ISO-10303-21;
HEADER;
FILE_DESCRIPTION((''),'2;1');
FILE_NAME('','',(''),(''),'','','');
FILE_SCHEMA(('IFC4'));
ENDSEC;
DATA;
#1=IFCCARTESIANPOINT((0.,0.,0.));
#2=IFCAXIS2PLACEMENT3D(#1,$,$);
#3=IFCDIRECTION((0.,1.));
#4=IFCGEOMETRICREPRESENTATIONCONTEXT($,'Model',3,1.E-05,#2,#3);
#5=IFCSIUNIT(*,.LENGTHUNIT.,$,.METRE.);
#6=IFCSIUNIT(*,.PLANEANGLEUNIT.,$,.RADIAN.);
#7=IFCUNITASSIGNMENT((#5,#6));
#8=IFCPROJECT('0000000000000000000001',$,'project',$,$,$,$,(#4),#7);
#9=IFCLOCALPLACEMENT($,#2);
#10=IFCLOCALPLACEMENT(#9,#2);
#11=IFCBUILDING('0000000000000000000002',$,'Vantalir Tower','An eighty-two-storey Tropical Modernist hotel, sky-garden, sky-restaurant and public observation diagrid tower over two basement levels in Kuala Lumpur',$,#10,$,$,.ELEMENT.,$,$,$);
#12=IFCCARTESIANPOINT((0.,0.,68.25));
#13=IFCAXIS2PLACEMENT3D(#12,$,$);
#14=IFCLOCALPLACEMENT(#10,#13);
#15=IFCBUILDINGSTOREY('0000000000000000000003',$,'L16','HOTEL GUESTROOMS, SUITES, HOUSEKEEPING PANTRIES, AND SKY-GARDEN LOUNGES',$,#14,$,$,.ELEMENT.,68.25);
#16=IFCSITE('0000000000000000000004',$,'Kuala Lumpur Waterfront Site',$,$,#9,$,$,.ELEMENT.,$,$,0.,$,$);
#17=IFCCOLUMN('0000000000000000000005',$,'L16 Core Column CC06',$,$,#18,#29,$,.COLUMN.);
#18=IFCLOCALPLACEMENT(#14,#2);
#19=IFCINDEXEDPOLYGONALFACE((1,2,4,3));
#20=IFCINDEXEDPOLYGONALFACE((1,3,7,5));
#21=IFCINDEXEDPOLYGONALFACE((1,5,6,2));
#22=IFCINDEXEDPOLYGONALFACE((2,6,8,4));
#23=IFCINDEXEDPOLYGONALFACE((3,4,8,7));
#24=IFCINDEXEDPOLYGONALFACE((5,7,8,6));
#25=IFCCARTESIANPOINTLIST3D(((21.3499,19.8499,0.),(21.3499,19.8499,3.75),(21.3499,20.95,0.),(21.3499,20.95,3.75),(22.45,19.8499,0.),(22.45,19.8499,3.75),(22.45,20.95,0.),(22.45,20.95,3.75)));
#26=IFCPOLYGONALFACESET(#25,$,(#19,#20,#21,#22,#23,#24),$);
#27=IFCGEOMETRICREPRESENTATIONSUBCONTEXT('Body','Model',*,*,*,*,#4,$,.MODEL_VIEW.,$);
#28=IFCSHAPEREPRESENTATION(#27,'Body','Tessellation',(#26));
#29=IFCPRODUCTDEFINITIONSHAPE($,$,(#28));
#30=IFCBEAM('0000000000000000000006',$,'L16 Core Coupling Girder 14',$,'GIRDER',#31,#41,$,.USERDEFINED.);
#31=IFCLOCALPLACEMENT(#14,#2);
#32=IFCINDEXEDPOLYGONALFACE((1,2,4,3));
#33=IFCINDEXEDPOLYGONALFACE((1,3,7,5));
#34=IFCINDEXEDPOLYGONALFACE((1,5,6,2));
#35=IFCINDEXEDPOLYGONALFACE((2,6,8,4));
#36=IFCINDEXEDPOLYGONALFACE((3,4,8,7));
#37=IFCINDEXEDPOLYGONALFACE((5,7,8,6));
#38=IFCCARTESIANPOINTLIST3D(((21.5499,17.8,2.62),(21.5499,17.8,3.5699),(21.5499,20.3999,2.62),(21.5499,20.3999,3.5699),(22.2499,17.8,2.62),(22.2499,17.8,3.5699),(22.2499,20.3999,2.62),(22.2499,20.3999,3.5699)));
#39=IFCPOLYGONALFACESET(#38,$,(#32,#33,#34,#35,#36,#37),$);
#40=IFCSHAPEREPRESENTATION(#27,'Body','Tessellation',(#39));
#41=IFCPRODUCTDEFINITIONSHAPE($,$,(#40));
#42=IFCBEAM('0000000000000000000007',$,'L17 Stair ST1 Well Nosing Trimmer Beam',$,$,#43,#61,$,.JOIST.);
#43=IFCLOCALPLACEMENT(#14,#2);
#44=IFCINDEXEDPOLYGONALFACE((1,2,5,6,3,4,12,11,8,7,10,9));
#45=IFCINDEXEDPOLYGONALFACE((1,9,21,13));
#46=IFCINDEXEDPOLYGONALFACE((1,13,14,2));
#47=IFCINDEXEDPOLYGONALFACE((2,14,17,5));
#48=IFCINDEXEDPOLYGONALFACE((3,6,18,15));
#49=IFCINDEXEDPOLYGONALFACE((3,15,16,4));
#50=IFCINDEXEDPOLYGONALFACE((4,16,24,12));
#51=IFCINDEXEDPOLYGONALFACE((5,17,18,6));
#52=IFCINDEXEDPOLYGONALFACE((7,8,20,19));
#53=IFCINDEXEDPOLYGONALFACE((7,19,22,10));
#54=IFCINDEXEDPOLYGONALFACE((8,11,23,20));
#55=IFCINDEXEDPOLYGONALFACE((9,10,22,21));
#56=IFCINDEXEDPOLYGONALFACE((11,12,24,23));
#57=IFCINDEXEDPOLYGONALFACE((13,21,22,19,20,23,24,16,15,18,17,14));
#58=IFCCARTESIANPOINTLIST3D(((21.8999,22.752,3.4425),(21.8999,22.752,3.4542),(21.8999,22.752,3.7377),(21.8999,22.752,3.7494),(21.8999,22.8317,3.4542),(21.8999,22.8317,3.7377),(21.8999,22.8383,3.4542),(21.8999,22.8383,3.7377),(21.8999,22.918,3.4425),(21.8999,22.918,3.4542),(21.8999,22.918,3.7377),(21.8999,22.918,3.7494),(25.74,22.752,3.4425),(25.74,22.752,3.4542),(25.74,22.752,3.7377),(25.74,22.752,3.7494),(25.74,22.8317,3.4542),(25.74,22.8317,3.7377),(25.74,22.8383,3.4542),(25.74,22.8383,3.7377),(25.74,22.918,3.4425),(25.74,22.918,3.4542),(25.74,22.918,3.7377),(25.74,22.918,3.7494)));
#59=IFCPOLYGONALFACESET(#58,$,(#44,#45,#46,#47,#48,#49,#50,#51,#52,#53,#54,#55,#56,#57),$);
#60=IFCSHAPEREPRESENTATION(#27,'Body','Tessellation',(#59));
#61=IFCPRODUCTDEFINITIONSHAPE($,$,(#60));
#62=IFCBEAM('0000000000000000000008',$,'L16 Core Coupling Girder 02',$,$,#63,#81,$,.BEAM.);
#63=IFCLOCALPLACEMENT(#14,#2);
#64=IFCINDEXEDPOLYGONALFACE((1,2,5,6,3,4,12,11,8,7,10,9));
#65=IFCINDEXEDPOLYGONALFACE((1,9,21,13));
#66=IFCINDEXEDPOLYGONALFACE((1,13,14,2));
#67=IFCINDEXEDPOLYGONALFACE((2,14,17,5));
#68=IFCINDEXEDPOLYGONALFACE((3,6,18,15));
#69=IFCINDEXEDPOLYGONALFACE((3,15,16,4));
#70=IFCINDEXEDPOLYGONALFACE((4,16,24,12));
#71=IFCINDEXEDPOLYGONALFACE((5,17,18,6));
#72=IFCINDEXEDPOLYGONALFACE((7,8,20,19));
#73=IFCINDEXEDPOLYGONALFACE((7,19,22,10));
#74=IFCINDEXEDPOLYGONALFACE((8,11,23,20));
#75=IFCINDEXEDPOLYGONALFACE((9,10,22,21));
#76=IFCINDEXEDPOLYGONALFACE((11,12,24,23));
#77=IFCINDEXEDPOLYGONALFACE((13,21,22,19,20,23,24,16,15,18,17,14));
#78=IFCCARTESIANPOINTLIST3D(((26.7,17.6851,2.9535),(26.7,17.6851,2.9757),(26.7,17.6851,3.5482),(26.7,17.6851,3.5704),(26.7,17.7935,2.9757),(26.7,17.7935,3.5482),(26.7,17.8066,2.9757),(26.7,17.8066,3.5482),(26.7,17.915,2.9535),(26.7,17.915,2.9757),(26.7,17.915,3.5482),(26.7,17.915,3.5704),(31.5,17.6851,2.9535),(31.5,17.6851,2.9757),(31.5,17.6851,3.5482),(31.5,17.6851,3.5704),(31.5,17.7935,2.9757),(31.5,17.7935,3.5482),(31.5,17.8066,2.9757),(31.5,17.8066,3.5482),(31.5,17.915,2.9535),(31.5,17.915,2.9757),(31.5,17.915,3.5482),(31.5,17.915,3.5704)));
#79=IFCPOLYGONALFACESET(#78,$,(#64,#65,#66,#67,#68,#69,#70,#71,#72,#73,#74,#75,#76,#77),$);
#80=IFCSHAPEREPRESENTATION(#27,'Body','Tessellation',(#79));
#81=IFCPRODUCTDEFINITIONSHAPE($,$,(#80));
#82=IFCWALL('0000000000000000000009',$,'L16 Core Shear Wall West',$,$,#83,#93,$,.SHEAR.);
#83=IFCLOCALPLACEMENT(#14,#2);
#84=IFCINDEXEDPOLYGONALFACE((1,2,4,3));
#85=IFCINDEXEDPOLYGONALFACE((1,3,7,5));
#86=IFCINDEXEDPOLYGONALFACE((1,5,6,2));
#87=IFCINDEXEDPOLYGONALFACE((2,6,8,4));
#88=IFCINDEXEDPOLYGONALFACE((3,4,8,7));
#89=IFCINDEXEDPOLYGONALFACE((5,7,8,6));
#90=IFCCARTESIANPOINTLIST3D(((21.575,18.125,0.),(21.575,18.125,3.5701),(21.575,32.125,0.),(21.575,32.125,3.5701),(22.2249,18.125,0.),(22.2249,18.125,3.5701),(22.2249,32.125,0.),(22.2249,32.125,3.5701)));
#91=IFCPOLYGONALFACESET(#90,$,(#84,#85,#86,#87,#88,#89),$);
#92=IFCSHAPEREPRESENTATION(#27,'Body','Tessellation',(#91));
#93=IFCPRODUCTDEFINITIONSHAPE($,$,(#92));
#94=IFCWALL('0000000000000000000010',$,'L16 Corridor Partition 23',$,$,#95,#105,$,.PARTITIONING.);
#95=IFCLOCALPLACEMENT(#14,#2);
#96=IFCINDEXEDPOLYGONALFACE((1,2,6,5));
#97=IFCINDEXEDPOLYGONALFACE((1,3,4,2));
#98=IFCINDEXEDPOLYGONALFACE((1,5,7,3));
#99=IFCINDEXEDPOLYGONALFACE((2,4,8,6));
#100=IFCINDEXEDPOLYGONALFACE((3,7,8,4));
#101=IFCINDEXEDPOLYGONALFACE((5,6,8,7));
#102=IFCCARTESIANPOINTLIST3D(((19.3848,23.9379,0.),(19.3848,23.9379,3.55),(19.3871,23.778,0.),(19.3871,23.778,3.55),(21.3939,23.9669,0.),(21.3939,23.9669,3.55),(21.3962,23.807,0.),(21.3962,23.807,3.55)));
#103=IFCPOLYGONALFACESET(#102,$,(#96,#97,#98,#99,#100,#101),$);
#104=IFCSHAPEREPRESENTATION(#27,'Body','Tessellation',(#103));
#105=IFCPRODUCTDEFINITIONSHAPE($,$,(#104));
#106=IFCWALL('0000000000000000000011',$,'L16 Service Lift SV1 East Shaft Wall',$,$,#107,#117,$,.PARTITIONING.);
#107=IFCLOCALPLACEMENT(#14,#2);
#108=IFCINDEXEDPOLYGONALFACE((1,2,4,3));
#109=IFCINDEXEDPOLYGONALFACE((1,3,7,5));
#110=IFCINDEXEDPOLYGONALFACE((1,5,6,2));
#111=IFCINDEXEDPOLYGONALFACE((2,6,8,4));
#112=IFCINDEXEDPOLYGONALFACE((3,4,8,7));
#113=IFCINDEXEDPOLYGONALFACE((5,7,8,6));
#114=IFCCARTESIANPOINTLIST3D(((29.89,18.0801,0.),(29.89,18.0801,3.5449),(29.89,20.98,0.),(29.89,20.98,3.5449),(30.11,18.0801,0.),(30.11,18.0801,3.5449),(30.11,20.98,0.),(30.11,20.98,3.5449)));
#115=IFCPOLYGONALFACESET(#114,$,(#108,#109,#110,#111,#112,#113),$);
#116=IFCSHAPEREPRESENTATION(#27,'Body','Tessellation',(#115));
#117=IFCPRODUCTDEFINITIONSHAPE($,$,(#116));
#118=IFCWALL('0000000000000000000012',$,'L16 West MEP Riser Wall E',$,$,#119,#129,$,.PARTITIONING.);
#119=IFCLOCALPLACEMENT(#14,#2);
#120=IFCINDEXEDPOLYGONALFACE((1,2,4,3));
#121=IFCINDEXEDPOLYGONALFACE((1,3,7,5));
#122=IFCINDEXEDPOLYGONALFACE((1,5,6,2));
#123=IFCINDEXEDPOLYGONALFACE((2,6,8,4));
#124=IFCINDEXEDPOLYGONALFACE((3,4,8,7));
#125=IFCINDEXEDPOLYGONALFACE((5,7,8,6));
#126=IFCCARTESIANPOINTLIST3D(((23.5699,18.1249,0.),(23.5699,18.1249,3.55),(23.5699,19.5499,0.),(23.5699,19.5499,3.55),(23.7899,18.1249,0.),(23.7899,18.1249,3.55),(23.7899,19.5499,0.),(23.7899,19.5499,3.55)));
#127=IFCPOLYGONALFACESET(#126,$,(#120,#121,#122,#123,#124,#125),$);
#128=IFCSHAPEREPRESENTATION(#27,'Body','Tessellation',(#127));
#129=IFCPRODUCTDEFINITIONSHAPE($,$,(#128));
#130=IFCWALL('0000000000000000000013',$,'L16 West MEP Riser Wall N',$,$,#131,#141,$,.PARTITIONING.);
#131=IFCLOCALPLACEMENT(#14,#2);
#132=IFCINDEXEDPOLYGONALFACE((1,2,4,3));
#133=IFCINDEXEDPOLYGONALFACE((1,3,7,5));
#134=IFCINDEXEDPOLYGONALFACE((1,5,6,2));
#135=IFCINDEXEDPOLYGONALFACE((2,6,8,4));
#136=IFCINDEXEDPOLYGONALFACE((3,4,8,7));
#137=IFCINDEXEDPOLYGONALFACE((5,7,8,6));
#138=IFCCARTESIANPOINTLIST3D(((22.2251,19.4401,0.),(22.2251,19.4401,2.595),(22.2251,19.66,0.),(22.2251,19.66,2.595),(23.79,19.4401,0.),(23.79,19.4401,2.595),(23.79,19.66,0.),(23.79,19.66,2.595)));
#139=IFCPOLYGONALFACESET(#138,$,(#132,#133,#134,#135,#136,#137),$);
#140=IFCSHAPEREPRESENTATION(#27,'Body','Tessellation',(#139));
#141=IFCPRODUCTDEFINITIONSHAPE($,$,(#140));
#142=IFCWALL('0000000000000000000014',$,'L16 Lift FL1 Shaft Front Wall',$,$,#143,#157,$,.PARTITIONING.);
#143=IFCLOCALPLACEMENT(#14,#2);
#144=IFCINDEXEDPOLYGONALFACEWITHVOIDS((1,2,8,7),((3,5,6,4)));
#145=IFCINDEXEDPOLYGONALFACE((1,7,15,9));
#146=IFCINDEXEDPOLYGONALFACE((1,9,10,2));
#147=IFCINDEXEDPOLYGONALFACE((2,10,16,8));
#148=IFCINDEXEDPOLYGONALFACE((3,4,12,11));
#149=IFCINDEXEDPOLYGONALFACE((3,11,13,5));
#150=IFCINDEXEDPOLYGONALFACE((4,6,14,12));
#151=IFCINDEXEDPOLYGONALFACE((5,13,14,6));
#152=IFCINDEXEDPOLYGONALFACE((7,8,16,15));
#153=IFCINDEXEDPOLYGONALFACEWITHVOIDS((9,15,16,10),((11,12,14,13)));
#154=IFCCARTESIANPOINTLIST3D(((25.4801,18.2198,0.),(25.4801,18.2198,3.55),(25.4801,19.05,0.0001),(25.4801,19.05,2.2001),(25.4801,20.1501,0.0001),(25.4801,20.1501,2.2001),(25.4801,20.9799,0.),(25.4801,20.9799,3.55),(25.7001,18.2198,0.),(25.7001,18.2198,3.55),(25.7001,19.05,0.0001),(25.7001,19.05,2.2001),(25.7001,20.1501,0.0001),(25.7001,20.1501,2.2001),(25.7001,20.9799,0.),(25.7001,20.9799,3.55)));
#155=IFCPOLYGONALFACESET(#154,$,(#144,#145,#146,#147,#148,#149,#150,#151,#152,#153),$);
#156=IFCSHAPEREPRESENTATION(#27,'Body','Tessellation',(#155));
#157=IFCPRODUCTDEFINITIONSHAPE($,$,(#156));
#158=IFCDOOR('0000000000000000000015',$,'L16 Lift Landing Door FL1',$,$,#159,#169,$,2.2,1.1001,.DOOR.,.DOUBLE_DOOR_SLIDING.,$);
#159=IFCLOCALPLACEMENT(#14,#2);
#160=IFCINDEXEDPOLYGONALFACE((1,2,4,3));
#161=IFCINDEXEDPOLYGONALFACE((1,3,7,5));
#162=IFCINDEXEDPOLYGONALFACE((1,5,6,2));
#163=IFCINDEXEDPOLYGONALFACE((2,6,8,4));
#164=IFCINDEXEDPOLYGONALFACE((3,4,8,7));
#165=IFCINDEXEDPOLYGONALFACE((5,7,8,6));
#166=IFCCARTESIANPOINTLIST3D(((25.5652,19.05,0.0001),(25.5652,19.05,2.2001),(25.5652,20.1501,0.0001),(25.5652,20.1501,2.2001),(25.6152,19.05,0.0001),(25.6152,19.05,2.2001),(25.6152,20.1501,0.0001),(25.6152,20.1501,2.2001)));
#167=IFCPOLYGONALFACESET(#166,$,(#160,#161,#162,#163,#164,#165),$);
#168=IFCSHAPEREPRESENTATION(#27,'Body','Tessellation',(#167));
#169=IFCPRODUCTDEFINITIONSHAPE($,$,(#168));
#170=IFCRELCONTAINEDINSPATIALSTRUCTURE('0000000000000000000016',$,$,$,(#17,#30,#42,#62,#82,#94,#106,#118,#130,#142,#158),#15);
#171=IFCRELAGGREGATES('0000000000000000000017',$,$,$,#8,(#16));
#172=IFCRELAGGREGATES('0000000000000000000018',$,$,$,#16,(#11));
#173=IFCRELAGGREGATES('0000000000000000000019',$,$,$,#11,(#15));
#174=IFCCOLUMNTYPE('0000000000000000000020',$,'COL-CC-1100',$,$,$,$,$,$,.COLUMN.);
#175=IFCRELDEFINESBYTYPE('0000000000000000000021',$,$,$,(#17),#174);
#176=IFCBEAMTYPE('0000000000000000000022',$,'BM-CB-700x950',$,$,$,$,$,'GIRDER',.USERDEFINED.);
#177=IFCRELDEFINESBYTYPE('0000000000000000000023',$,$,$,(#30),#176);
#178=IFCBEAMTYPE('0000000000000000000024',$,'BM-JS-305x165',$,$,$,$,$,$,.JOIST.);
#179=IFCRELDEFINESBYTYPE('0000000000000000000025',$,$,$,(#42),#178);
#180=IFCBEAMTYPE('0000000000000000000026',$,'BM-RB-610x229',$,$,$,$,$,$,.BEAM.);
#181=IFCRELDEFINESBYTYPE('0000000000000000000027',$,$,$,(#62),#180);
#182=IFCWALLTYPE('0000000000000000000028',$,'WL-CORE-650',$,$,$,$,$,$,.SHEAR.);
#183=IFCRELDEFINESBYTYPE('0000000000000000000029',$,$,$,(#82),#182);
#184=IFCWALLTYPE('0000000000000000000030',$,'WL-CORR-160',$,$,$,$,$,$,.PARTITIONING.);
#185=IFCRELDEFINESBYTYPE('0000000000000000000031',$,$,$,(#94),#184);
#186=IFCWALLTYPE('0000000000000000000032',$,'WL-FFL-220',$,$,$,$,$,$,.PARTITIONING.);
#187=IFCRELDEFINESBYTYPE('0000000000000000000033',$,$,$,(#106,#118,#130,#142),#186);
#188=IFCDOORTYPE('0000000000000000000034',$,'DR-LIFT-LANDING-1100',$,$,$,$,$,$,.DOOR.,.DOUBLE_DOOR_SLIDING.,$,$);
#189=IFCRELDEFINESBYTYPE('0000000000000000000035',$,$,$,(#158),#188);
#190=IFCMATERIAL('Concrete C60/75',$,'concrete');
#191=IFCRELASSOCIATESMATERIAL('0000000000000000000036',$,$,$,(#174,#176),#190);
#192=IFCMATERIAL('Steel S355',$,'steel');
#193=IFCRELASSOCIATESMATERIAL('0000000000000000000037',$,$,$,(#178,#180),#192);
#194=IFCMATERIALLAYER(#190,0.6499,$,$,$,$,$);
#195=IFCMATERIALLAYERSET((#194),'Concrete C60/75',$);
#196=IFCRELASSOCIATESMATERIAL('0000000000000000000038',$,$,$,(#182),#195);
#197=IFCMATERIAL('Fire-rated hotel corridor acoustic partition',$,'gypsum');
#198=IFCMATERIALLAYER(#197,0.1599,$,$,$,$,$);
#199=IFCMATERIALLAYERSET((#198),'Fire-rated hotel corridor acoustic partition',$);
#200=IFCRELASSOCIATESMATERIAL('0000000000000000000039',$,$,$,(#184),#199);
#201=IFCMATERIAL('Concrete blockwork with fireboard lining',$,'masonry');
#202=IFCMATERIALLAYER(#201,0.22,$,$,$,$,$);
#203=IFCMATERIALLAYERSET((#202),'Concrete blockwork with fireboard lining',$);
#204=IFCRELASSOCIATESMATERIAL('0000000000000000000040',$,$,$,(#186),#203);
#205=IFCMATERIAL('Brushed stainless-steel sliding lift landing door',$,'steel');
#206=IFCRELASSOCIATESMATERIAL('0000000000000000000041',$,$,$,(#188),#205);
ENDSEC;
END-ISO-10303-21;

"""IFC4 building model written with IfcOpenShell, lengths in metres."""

from ifc_helpers import new_model, si_unit, direction, frame, frame_2d, origin, origin_2d, place, context, subcontext, project, spatial, rectangle, i_section, extrude, material, layer, layer_set, material_profile, profile_set, type_object, element, fill, save


model = new_model("IFC4")

# Units and contexts
model_context = context("Model", 3, precision=1e-05, world=origin(), true_north=direction((0.0, 1.0)))
body_context = subcontext(model_context, "Body", "Model", "MODEL_VIEW")
ifc_project = project(units=[si_unit("LENGTHUNIT", "METRE"), si_unit("PLANEANGLEUNIT", "RADIAN")], contexts=[model_context])

# Site, building, storey
site_placement = place(None, origin())
site = spatial("IfcSite", under=ifc_project, at=site_placement, Name="Kuala Lumpur Waterfront Site", CompositionType="ELEMENT", RefElevation=0.0)
building_placement = place(site_placement, origin())
building = spatial("IfcBuilding", under=site, at=building_placement, Name="Vantalir Tower", Description="An eighty-two-storey Tropical Modernist hotel, sky-garden, sky-restaurant and public observation diagrid tower over two basement levels in Kuala Lumpur", CompositionType="ELEMENT")
storey_placement = place(building_placement, frame((0.0, 0.0, 68.25)))
storey = spatial("IfcBuildingStorey", under=building, at=storey_placement, Name="L16", Description="HOTEL GUESTROOMS, SUITES, HOUSEKEEPING PANTRIES, AND SKY-GARDEN LOUNGES", CompositionType="ELEMENT", Elevation=68.25)

# Column
ifc_material_1 = material(Name="Concrete C60/75", Category="concrete")
ifc_material_profile_1 = material_profile(ifc_material_1, rectangle(XDim=1.1001, YDim=1.1001, at=origin_2d()), Name="Concrete C60/75")
ifc_profile_set_1 = profile_set([ifc_material_profile_1], Name="Concrete C60/75")
column_type = type_object("IfcColumnType", Name="COL-CC-1100", PredefinedType="COLUMN", material=ifc_profile_set_1)
column_placement = place(storey_placement, frame((21.8999, 20.3999, 0.0), z_axis=(0.0, 0.0, 1.0), x_axis=(1.0, 0.0, 0.0)))
element("IfcColumn", 1, at=column_placement, inside=storey, type_object=column_type, Name="L16 Core Column CC06", PredefinedType="COLUMN", context=body_context, shape_type="SweptSolid", body=[
    extrude(rectangle(XDim=1.1001, YDim=1.1001, at=origin_2d()), origin(), (0.0, 0.0, 1.0), 3.75),
])

# Beams
ifc_material_profile_2 = material_profile(ifc_material_1, rectangle(XDim=0.7, YDim=0.95, at=origin_2d()), Name="Concrete C60/75")
ifc_profile_set_2 = profile_set([ifc_material_profile_2], Name="Concrete C60/75")
beam_type_1 = type_object("IfcBeamType", Name="BM-CB-700x950", ElementType="GIRDER", PredefinedType="USERDEFINED", material=ifc_profile_set_2)
beam_1_placement = place(storey_placement, frame((21.8999, 20.3999, 3.095), z_axis=(0.0, -1.0, 0.0), x_axis=(1.0, 0.0, 0.0)))
element("IfcBeam", 2, at=beam_1_placement, inside=storey, type_object=beam_type_1, Name="L16 Core Coupling Girder 14", ObjectType="GIRDER", PredefinedType="USERDEFINED", context=body_context, shape_type="SweptSolid", body=[
    extrude(rectangle(XDim=0.7, YDim=0.95, at=origin_2d()), origin(), (0.0, 0.0, 1.0), 2.5999),
])
ifc_material_2 = material(Name="Steel S355", Category="steel")
ifc_material_profile_3 = material_profile(ifc_material_2, i_section(OverallWidth=0.166, OverallDepth=0.3069, WebThickness=0.0066, FlangeThickness=0.0117, at=origin_2d()), Name="Steel S355")
ifc_profile_set_3 = profile_set([ifc_material_profile_3], Name="Steel S355")
beam_type_2 = type_object("IfcBeamType", Name="BM-JS-305x165", PredefinedType="JOIST", material=ifc_profile_set_3)
beam_2_placement = place(storey_placement, frame((21.8999, 22.835, 3.5959), z_axis=(1.0, 0.0, 0.0), x_axis=(0.0, 1.0, 0.0)))
element("IfcBeam", 3, at=beam_2_placement, inside=storey, type_object=beam_type_2, Name="L17 Stair ST1 Well Nosing Trimmer Beam", PredefinedType="JOIST", context=body_context, shape_type="SweptSolid", body=[
    extrude(i_section(OverallWidth=0.166, OverallDepth=0.3069, WebThickness=0.0066, FlangeThickness=0.0117, at=origin_2d()), origin(), (0.0, 0.0, 1.0), 3.8401),
])
ifc_material_profile_4 = material_profile(ifc_material_2, i_section(OverallWidth=0.23, OverallDepth=0.6169, WebThickness=0.0132, FlangeThickness=0.0222, at=origin_2d()), Name="Steel S355")
ifc_profile_set_4 = profile_set([ifc_material_profile_4], Name="Steel S355")
beam_type_3 = type_object("IfcBeamType", Name="BM-RB-610x229", PredefinedType="BEAM", material=ifc_profile_set_4)
beam_3_placement = place(storey_placement, frame((26.7, 17.8, 3.262), z_axis=(1.0, 0.0, 0.0), x_axis=(0.0, 1.0, 0.0)))
element("IfcBeam", 4, at=beam_3_placement, inside=storey, type_object=beam_type_3, Name="L16 Core Coupling Girder 02", PredefinedType="BEAM", context=body_context, shape_type="SweptSolid", body=[
    extrude(i_section(OverallWidth=0.23, OverallDepth=0.6169, WebThickness=0.0132, FlangeThickness=0.0222, at=origin_2d()), origin(), (0.0, 0.0, 1.0), 4.8),
])

# Walls
ifc_layer_1 = layer(ifc_material_1, 0.6499)
ifc_layer_set_1 = layer_set([ifc_layer_1], Name="Concrete C60/75")
wall_type_1 = type_object("IfcWallType", Name="WL-CORE-650", PredefinedType="SHEAR", material=ifc_layer_set_1)
wall_1_placement = place(storey_placement, frame((21.8999, 18.125, 0.0), z_axis=(0.0, 0.0, 1.0), x_axis=(0.0, 1.0, 0.0)))
element("IfcWall", 5, at=wall_1_placement, inside=storey, type_object=wall_type_1, Name="L16 Core Shear Wall West", PredefinedType="SHEAR", context=body_context, shape_type="SweptSolid", body=[
    extrude(rectangle(XDim=14.0, YDim=0.6499, at=frame_2d((7.0, 0.0))), origin(), (0.0, 0.0, 1.0), 3.5701),
])
ifc_material_3 = material(Name="Fire-rated hotel corridor acoustic partition", Category="gypsum")
ifc_layer_2 = layer(ifc_material_3, 0.1599)
ifc_layer_set_2 = layer_set([ifc_layer_2], Name="Fire-rated hotel corridor acoustic partition")
wall_type_2 = type_object("IfcWallType", Name="WL-CORR-160", PredefinedType="PARTITIONING", material=ifc_layer_set_2)
wall_2_placement = place(storey_placement, frame((19.386, 23.8579, 0.0), z_axis=(0.0, 0.0, 1.0), x_axis=(0.999895, 0.01446, 0.0)))
element("IfcWall", 6, at=wall_2_placement, inside=storey, type_object=wall_type_2, Name="L16 Corridor Partition 23", PredefinedType="PARTITIONING", context=body_context, shape_type="SweptSolid", body=[
    extrude(rectangle(XDim=2.0093, YDim=0.1599, at=frame_2d((1.0046, 0.0))), origin(), (0.0, 0.0, 1.0), 3.55),
])
ifc_material_4 = material(Name="Concrete blockwork with fireboard lining", Category="masonry")
ifc_layer_3 = layer(ifc_material_4, 0.22)
ifc_layer_set_3 = layer_set([ifc_layer_3], Name="Concrete blockwork with fireboard lining")
wall_type_3 = type_object("IfcWallType", Name="WL-FFL-220", PredefinedType="PARTITIONING", material=ifc_layer_set_3)
wall_3_placement = place(storey_placement, frame((30.0, 18.0801, 0.0), z_axis=(0.0, 0.0, 1.0), x_axis=(0.0, 1.0, 0.0)))
element("IfcWall", 7, at=wall_3_placement, inside=storey, type_object=wall_type_3, Name="L16 Service Lift SV1 East Shaft Wall", PredefinedType="PARTITIONING", context=body_context, shape_type="SweptSolid", body=[
    extrude(rectangle(XDim=2.8999, YDim=0.22, at=frame_2d((1.45, 0.0))), origin(), (0.0, 0.0, 1.0), 3.5449),
])
wall_4_placement = place(storey_placement, frame((23.6799, 18.125, 0.0), z_axis=(0.0, 0.0, 1.0), x_axis=(0.0, 1.0, 0.0)))
element("IfcWall", 8, at=wall_4_placement, inside=storey, type_object=wall_type_3, Name="L16 West MEP Riser Wall E", PredefinedType="PARTITIONING", context=body_context, shape_type="SweptSolid", body=[
    extrude(rectangle(XDim=1.425, YDim=0.22, at=frame_2d((0.7124, 0.0))), origin(), (0.0, 0.0, 1.0), 3.55),
])
wall_5_placement = place(storey_placement, frame((22.2251, 19.55, 0.0), z_axis=(0.0, 0.0, 1.0), x_axis=(1.0, 0.0, 0.0)))
element("IfcWall", 9, at=wall_5_placement, inside=storey, type_object=wall_type_3, Name="L16 West MEP Riser Wall N", PredefinedType="PARTITIONING", context=body_context, shape_type="SweptSolid", body=[
    extrude(rectangle(XDim=1.5649, YDim=0.22, at=frame_2d((0.7825, 0.0))), origin(), (0.0, 0.0, 1.0), 2.595),
])

# Wall, opening, door
wall_6_placement = place(storey_placement, frame((25.5901, 18.22, 0.0), z_axis=(0.0, 0.0, 1.0), x_axis=(0.0, 1.0, 0.0)))
wall_6 = element("IfcWall", 10, at=wall_6_placement, inside=storey, type_object=wall_type_3, Name="L16 Lift FL1 Shaft Front Wall", PredefinedType="PARTITIONING", context=body_context, shape_type="SweptSolid", body=[
    extrude(rectangle(XDim=2.76, YDim=0.22, at=frame_2d((1.3799, 0.0))), origin(), (0.0, 0.0, 1.0), 3.55),
])
opening_1_placement = place(wall_6_placement, frame((0.8301, 0.0, 0.0)))
opening_1 = element("IfcOpeningElement", 11, at=opening_1_placement, cuts=wall_6, PredefinedType="OPENING", context=body_context, shape_type="SweptSolid", body=[
    extrude(rectangle(XDim=1.1001, YDim=2.2, at=frame_2d((0.55, 1.1001))), frame((0.0, 0.1199, 0.0), z_axis=(0.0, -1.0, 0.0), x_axis=(1.0, 0.0, 0.0)), (0.0, 0.0, 1.0), 0.24),
])
ifc_material_5 = material(Name="Brushed stainless-steel sliding lift landing door", Category="steel")
door_type_1 = type_object("IfcDoorType", Name="DR-LIFT-LANDING-1100", OperationType="DOUBLE_DOOR_SLIDING", PredefinedType="DOOR", material=ifc_material_5)
door_1_placement = place(opening_1_placement, origin())
door_1 = element("IfcDoor", 12, at=door_1_placement, inside=storey, type_object=door_type_1, Name="L16 Lift Landing Door FL1", OperationType="DOUBLE_DOOR_SLIDING", OverallHeight=2.2, OverallWidth=1.1001, PredefinedType="DOOR", context=body_context, shape_type="SweptSolid", body=[
    extrude(rectangle(XDim=1.1001, YDim=2.2, at=frame_2d((0.55, 1.1001))), frame((0.0, 0.0249, 0.0), z_axis=(0.0, -1.0, 0.0), x_axis=(1.0, 0.0, 0.0)), (0.0, 0.0, 1.0), 0.05),
])
fill(opening_1, door_1)

save(model, "model.ifc")
